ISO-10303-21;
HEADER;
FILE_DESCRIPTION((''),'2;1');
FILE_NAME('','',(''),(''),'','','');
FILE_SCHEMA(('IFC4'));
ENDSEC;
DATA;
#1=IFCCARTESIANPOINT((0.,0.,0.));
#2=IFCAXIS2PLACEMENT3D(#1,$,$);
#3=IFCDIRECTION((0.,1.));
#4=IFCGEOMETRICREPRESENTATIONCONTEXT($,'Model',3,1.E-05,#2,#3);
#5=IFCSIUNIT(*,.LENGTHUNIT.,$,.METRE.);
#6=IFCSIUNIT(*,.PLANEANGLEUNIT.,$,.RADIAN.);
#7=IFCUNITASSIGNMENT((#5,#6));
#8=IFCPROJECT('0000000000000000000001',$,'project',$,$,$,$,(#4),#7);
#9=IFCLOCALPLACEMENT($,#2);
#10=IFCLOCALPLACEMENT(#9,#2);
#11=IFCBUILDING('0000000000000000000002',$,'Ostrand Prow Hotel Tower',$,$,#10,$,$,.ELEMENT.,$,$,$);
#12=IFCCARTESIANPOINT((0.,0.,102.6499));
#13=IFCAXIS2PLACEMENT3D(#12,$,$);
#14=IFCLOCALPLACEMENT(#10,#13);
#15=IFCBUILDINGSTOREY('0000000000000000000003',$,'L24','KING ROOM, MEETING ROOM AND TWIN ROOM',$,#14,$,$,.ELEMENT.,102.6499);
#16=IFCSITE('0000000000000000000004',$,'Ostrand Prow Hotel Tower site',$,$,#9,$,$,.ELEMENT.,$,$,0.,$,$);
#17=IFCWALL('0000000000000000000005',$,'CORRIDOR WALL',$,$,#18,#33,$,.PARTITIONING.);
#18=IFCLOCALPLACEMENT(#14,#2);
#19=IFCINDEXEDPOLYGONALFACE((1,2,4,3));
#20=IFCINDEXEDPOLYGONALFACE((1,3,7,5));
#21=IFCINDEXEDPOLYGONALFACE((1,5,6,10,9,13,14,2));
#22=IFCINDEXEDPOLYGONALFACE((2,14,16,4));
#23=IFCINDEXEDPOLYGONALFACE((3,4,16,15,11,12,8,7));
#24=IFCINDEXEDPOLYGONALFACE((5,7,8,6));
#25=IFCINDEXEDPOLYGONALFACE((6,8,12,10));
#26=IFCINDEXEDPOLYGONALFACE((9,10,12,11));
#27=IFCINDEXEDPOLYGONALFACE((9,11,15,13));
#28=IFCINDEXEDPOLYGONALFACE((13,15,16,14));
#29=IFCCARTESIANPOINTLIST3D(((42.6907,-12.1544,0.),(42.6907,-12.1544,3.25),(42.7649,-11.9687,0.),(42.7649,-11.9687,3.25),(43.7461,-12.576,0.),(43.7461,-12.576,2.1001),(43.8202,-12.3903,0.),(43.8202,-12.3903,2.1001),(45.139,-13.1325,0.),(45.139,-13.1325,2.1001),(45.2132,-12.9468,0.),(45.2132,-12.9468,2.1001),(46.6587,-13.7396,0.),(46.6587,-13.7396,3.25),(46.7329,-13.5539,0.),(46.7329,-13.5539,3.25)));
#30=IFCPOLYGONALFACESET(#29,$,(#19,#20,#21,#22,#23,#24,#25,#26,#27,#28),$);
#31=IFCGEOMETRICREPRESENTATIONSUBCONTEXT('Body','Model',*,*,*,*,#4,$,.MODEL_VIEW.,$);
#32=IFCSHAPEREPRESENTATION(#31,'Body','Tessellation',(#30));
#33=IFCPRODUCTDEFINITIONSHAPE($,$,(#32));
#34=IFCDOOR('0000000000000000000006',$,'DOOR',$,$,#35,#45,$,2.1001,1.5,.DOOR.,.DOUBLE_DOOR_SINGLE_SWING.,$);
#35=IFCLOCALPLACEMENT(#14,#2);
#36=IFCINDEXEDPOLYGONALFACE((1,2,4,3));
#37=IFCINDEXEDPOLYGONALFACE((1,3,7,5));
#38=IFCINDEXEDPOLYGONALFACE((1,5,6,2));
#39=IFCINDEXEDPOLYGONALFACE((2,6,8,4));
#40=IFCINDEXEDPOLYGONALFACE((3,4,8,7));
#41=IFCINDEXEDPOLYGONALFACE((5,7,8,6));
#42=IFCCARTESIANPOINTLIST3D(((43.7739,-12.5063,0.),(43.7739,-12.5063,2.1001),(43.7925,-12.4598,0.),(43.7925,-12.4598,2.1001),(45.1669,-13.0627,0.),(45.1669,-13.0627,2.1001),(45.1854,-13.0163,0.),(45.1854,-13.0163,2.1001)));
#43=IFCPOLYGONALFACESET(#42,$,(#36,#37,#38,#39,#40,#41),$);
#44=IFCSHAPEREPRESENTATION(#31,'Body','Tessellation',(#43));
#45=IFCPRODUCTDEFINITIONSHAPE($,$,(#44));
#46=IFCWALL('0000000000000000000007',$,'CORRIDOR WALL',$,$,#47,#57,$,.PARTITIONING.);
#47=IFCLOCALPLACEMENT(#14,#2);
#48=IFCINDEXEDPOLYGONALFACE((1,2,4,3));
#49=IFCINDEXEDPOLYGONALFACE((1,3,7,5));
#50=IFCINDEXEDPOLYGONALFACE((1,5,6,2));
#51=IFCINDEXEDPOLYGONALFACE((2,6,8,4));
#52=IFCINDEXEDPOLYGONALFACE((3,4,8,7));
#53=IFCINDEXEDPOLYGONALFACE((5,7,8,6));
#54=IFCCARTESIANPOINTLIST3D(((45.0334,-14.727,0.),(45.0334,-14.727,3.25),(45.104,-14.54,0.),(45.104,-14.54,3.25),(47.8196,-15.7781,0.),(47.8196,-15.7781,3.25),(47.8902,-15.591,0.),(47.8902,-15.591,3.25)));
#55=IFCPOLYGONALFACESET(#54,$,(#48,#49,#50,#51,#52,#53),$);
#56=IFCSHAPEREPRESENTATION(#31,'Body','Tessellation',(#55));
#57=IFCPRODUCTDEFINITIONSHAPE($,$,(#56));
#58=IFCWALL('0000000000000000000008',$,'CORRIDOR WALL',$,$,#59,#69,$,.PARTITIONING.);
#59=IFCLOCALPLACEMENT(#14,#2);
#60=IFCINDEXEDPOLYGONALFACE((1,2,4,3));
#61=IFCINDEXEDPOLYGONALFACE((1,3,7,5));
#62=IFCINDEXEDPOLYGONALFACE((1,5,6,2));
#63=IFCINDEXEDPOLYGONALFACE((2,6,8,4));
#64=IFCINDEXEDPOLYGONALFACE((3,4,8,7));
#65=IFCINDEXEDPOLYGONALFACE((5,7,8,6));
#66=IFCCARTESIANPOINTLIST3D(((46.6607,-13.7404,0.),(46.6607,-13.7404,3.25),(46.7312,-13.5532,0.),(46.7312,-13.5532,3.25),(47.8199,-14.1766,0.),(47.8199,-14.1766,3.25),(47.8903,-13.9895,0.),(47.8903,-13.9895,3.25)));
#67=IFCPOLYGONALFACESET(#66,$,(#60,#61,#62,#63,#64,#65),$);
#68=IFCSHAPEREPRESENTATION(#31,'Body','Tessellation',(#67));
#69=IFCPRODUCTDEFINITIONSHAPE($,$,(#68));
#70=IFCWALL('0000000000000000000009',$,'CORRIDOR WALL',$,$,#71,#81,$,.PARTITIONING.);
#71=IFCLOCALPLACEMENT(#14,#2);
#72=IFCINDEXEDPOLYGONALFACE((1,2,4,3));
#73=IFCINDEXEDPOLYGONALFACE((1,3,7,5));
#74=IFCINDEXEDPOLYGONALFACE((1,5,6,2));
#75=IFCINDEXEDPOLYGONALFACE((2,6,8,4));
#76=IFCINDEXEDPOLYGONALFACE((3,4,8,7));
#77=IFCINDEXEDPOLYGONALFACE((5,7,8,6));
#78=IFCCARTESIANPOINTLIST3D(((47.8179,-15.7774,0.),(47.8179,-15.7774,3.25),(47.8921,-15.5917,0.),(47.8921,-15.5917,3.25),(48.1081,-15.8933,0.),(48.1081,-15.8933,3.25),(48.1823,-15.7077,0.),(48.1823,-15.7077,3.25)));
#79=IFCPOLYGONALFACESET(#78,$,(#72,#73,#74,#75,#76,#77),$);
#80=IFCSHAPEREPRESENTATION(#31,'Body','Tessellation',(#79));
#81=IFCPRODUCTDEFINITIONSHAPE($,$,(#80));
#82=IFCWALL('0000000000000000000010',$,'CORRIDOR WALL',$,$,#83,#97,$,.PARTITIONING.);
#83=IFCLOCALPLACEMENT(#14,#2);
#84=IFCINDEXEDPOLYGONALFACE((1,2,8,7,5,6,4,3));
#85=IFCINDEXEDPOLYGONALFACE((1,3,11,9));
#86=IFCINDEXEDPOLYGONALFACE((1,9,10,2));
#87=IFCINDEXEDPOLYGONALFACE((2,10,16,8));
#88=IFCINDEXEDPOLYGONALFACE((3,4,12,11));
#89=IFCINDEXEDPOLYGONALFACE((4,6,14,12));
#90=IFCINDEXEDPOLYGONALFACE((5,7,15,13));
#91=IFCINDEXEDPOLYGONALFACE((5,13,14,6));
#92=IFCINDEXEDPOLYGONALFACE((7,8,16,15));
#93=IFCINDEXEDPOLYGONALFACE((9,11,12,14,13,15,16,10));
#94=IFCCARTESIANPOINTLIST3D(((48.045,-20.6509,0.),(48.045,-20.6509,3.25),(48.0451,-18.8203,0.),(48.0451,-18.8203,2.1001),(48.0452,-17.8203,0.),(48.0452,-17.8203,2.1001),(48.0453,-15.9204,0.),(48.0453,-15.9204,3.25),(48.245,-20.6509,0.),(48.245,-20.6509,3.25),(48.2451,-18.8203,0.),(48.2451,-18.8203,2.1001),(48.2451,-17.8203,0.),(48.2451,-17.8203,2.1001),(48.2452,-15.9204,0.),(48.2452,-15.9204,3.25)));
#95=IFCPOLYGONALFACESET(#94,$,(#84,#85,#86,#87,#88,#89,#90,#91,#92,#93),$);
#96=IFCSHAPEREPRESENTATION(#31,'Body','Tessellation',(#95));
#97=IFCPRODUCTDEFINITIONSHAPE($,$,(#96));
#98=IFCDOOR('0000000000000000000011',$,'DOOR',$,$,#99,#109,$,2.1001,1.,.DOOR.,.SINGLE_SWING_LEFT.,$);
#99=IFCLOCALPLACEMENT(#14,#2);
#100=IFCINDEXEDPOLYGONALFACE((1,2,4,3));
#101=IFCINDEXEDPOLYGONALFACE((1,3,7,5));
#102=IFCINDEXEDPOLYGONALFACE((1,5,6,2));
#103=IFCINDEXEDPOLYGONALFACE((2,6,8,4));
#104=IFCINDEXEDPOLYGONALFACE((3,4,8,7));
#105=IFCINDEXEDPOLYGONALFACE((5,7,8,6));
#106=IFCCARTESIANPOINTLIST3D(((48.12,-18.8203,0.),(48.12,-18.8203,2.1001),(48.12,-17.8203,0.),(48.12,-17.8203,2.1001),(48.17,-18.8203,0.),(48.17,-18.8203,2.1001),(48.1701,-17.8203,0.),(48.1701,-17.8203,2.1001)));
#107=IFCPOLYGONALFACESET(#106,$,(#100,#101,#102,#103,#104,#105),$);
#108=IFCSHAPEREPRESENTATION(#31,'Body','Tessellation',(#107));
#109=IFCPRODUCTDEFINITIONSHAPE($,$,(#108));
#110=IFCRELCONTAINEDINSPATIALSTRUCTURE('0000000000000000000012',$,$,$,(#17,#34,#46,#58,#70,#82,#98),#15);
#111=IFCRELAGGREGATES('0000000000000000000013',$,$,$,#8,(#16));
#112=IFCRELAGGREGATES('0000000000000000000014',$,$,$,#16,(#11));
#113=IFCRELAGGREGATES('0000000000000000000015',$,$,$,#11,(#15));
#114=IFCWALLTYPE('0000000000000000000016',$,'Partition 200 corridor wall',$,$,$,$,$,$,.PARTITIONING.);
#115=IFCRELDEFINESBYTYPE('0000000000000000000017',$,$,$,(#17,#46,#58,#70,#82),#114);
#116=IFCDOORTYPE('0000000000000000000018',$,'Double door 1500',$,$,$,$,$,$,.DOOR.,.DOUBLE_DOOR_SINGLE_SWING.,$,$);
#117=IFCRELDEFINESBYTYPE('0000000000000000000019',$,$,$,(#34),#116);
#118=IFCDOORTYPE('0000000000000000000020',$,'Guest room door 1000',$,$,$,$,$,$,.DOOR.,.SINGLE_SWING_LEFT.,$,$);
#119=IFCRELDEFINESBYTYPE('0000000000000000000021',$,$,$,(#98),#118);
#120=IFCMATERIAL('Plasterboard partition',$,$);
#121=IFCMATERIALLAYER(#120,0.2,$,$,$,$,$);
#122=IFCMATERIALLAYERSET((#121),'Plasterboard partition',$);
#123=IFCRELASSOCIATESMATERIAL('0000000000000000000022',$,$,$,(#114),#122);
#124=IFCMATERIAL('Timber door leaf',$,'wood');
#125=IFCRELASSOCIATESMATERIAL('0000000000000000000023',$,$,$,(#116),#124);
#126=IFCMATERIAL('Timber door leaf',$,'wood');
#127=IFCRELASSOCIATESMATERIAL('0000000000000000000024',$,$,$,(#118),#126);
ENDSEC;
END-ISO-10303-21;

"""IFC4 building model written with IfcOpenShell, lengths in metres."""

from ifc_helpers import new_model, si_unit, direction, frame, frame_2d, origin, place, context, subcontext, project, spatial, rectangle, extrude, material, layer, layer_set, type_object, element, fill, save


model = new_model("IFC4")

# Units and contexts
model_context = context("Model", 3, precision=1e-05, world=origin(), true_north=direction((0.0, 1.0)))
body_context = subcontext(model_context, "Body", "Model", "MODEL_VIEW")
ifc_project = project(units=[si_unit("LENGTHUNIT", "METRE"), si_unit("PLANEANGLEUNIT", "RADIAN")], contexts=[model_context])

# Site, building, storey
site_placement = place(None, origin())
site = spatial("IfcSite", under=ifc_project, at=site_placement, Name="Ostrand Prow Hotel Tower site", CompositionType="ELEMENT", RefElevation=0.0)
building_placement = place(site_placement, origin())
building = spatial("IfcBuilding", under=site, at=building_placement, Name="Ostrand Prow Hotel Tower", CompositionType="ELEMENT")
storey_placement = place(building_placement, frame((0.0, 0.0, 102.6499)))
storey = spatial("IfcBuildingStorey", under=building, at=storey_placement, Name="L24", Description="KING ROOM, MEETING ROOM AND TWIN ROOM", CompositionType="ELEMENT", Elevation=102.6499)

# Wall, opening, door
ifc_material_1 = material(Name="Plasterboard partition")
ifc_layer_1 = layer(ifc_material_1, 0.2)
ifc_layer_set_1 = layer_set([ifc_layer_1], Name="Plasterboard partition")
wall_type_1 = type_object("IfcWallType", Name="Partition 200 corridor wall", PredefinedType="PARTITIONING", material=ifc_layer_set_1)
wall_1_placement = place(storey_placement, frame((46.6958, -13.6467, 0.0), z_axis=(0.0, 0.0, 1.0), x_axis=(-0.928638, 0.370987, 0.0)))
wall_1 = element("IfcWall", 1, at=wall_1_placement, inside=storey, type_object=wall_type_1, Name="CORRIDOR WALL", PredefinedType="PARTITIONING", context=body_context, shape_type="SweptSolid", body=[
    extrude(rectangle(XDim=4.2729, YDim=0.2, at=frame_2d((2.1365, 0.0))), origin(), (0.0, 0.0, 1.0), 3.25),
])
opening_1_placement = place(wall_1_placement, frame((1.6365, 0.0, 0.0)))
opening_1 = element("IfcOpeningElement", 2, at=opening_1_placement, cuts=wall_1, PredefinedType="OPENING", context=body_context, shape_type="SweptSolid", body=[
    extrude(rectangle(XDim=1.5, YDim=2.1001, at=frame_2d((0.75, 1.05))), frame((0.0, 0.1099, 0.0), z_axis=(0.0, -1.0, 0.0), x_axis=(1.0, 0.0, 0.0)), (0.0, 0.0, 1.0), 0.22),
])
ifc_material_2 = material(Name="Timber door leaf", Category="wood")
door_type_1 = type_object("IfcDoorType", Name="Double door 1500", OperationType="DOUBLE_DOOR_SINGLE_SWING", PredefinedType="DOOR", material=ifc_material_2)
door_1_placement = place(opening_1_placement, origin())
door_1 = element("IfcDoor", 3, at=door_1_placement, inside=storey, type_object=door_type_1, Name="DOOR", OperationType="DOUBLE_DOOR_SINGLE_SWING", OverallHeight=2.1001, OverallWidth=1.5, PredefinedType="DOOR", context=body_context, shape_type="SweptSolid", body=[
    extrude(rectangle(XDim=1.5, YDim=2.1001, at=frame_2d((0.75, 1.05))), frame((0.0, 0.0249, 0.0), z_axis=(0.0, -1.0, 0.0), x_axis=(1.0, 0.0, 0.0)), (0.0, 0.0, 1.0), 0.05),
])
fill(opening_1, door_1)

# Walls
wall_2_placement = place(storey_placement, frame((45.0688, -14.6335, 0.0), z_axis=(0.0, 0.0, 1.0), x_axis=(0.93564, -0.352956, 0.0)))
element("IfcWall", 4, at=wall_2_placement, inside=storey, type_object=wall_type_1, Name="CORRIDOR WALL", PredefinedType="PARTITIONING", context=body_context, shape_type="SweptSolid", body=[
    extrude(rectangle(XDim=2.9778, YDim=0.2, at=frame_2d((1.4888, 0.0))), origin(), (0.0, 0.0, 1.0), 3.25),
])
wall_3_placement = place(storey_placement, frame((47.855, -14.083, 0.0), z_axis=(0.0, 0.0, 1.0), x_axis=(-0.935907, 0.352246, 0.0)))
element("IfcWall", 5, at=wall_3_placement, inside=storey, type_object=wall_type_1, Name="CORRIDOR WALL", PredefinedType="PARTITIONING", context=body_context, shape_type="SweptSolid", body=[
    extrude(rectangle(XDim=1.2385, YDim=0.2, at=frame_2d((0.6191, 0.0))), origin(), (0.0, 0.0, 1.0), 3.25),
])
wall_4_placement = place(storey_placement, frame((47.855, -15.6846, 0.0), z_axis=(0.0, 0.0, 1.0), x_axis=(0.928638, -0.370987, 0.0)))
element("IfcWall", 6, at=wall_4_placement, inside=storey, type_object=wall_type_1, Name="CORRIDOR WALL", PredefinedType="PARTITIONING", context=body_context, shape_type="SweptSolid", body=[
    extrude(rectangle(XDim=0.3125, YDim=0.2, at=frame_2d((0.1562, 0.0))), origin(), (0.0, 0.0, 1.0), 3.25),
])

# Wall, opening, door
wall_5_placement = place(storey_placement, frame((48.1453, -15.9204, 0.0), z_axis=(0.0, 0.0, 1.0), x_axis=(-0.000052, -1.0, 0.0)))
wall_5 = element("IfcWall", 7, at=wall_5_placement, inside=storey, type_object=wall_type_1, Name="CORRIDOR WALL", PredefinedType="PARTITIONING", context=body_context, shape_type="SweptSolid", body=[
    extrude(rectangle(XDim=4.7305, YDim=0.2, at=frame_2d((2.3652, 0.0))), origin(), (0.0, 0.0, 1.0), 3.25),
])
opening_2_placement = place(wall_5_placement, frame((1.8999, 0.0, 0.0)))
opening_2 = element("IfcOpeningElement", 8, at=opening_2_placement, cuts=wall_5, PredefinedType="OPENING", context=body_context, shape_type="SweptSolid", body=[
    extrude(rectangle(XDim=1.0, YDim=2.1001, at=frame_2d((0.5, 1.05))), frame((0.0, 0.1099, 0.0), z_axis=(0.0, -1.0, 0.0), x_axis=(1.0, 0.0, 0.0)), (0.0, 0.0, 1.0), 0.22),
])
ifc_material_3 = material(Name="Timber door leaf", Category="wood")
door_type_2 = type_object("IfcDoorType", Name="Guest room door 1000", OperationType="SINGLE_SWING_LEFT", PredefinedType="DOOR", material=ifc_material_3)
door_2_placement = place(opening_2_placement, origin())
door_2 = element("IfcDoor", 9, at=door_2_placement, inside=storey, type_object=door_type_2, Name="DOOR", OperationType="SINGLE_SWING_LEFT", OverallHeight=2.1001, OverallWidth=1.0, PredefinedType="DOOR", context=body_context, shape_type="SweptSolid", body=[
    extrude(rectangle(XDim=1.0, YDim=2.1001, at=frame_2d((0.5, 1.05))), frame((0.0, 0.0249, 0.0), z_axis=(0.0, -1.0, 0.0), x_axis=(1.0, 0.0, 0.0)), (0.0, 0.0, 1.0), 0.05),
])
fill(opening_2, door_2)

save(model, "model.ifc")
